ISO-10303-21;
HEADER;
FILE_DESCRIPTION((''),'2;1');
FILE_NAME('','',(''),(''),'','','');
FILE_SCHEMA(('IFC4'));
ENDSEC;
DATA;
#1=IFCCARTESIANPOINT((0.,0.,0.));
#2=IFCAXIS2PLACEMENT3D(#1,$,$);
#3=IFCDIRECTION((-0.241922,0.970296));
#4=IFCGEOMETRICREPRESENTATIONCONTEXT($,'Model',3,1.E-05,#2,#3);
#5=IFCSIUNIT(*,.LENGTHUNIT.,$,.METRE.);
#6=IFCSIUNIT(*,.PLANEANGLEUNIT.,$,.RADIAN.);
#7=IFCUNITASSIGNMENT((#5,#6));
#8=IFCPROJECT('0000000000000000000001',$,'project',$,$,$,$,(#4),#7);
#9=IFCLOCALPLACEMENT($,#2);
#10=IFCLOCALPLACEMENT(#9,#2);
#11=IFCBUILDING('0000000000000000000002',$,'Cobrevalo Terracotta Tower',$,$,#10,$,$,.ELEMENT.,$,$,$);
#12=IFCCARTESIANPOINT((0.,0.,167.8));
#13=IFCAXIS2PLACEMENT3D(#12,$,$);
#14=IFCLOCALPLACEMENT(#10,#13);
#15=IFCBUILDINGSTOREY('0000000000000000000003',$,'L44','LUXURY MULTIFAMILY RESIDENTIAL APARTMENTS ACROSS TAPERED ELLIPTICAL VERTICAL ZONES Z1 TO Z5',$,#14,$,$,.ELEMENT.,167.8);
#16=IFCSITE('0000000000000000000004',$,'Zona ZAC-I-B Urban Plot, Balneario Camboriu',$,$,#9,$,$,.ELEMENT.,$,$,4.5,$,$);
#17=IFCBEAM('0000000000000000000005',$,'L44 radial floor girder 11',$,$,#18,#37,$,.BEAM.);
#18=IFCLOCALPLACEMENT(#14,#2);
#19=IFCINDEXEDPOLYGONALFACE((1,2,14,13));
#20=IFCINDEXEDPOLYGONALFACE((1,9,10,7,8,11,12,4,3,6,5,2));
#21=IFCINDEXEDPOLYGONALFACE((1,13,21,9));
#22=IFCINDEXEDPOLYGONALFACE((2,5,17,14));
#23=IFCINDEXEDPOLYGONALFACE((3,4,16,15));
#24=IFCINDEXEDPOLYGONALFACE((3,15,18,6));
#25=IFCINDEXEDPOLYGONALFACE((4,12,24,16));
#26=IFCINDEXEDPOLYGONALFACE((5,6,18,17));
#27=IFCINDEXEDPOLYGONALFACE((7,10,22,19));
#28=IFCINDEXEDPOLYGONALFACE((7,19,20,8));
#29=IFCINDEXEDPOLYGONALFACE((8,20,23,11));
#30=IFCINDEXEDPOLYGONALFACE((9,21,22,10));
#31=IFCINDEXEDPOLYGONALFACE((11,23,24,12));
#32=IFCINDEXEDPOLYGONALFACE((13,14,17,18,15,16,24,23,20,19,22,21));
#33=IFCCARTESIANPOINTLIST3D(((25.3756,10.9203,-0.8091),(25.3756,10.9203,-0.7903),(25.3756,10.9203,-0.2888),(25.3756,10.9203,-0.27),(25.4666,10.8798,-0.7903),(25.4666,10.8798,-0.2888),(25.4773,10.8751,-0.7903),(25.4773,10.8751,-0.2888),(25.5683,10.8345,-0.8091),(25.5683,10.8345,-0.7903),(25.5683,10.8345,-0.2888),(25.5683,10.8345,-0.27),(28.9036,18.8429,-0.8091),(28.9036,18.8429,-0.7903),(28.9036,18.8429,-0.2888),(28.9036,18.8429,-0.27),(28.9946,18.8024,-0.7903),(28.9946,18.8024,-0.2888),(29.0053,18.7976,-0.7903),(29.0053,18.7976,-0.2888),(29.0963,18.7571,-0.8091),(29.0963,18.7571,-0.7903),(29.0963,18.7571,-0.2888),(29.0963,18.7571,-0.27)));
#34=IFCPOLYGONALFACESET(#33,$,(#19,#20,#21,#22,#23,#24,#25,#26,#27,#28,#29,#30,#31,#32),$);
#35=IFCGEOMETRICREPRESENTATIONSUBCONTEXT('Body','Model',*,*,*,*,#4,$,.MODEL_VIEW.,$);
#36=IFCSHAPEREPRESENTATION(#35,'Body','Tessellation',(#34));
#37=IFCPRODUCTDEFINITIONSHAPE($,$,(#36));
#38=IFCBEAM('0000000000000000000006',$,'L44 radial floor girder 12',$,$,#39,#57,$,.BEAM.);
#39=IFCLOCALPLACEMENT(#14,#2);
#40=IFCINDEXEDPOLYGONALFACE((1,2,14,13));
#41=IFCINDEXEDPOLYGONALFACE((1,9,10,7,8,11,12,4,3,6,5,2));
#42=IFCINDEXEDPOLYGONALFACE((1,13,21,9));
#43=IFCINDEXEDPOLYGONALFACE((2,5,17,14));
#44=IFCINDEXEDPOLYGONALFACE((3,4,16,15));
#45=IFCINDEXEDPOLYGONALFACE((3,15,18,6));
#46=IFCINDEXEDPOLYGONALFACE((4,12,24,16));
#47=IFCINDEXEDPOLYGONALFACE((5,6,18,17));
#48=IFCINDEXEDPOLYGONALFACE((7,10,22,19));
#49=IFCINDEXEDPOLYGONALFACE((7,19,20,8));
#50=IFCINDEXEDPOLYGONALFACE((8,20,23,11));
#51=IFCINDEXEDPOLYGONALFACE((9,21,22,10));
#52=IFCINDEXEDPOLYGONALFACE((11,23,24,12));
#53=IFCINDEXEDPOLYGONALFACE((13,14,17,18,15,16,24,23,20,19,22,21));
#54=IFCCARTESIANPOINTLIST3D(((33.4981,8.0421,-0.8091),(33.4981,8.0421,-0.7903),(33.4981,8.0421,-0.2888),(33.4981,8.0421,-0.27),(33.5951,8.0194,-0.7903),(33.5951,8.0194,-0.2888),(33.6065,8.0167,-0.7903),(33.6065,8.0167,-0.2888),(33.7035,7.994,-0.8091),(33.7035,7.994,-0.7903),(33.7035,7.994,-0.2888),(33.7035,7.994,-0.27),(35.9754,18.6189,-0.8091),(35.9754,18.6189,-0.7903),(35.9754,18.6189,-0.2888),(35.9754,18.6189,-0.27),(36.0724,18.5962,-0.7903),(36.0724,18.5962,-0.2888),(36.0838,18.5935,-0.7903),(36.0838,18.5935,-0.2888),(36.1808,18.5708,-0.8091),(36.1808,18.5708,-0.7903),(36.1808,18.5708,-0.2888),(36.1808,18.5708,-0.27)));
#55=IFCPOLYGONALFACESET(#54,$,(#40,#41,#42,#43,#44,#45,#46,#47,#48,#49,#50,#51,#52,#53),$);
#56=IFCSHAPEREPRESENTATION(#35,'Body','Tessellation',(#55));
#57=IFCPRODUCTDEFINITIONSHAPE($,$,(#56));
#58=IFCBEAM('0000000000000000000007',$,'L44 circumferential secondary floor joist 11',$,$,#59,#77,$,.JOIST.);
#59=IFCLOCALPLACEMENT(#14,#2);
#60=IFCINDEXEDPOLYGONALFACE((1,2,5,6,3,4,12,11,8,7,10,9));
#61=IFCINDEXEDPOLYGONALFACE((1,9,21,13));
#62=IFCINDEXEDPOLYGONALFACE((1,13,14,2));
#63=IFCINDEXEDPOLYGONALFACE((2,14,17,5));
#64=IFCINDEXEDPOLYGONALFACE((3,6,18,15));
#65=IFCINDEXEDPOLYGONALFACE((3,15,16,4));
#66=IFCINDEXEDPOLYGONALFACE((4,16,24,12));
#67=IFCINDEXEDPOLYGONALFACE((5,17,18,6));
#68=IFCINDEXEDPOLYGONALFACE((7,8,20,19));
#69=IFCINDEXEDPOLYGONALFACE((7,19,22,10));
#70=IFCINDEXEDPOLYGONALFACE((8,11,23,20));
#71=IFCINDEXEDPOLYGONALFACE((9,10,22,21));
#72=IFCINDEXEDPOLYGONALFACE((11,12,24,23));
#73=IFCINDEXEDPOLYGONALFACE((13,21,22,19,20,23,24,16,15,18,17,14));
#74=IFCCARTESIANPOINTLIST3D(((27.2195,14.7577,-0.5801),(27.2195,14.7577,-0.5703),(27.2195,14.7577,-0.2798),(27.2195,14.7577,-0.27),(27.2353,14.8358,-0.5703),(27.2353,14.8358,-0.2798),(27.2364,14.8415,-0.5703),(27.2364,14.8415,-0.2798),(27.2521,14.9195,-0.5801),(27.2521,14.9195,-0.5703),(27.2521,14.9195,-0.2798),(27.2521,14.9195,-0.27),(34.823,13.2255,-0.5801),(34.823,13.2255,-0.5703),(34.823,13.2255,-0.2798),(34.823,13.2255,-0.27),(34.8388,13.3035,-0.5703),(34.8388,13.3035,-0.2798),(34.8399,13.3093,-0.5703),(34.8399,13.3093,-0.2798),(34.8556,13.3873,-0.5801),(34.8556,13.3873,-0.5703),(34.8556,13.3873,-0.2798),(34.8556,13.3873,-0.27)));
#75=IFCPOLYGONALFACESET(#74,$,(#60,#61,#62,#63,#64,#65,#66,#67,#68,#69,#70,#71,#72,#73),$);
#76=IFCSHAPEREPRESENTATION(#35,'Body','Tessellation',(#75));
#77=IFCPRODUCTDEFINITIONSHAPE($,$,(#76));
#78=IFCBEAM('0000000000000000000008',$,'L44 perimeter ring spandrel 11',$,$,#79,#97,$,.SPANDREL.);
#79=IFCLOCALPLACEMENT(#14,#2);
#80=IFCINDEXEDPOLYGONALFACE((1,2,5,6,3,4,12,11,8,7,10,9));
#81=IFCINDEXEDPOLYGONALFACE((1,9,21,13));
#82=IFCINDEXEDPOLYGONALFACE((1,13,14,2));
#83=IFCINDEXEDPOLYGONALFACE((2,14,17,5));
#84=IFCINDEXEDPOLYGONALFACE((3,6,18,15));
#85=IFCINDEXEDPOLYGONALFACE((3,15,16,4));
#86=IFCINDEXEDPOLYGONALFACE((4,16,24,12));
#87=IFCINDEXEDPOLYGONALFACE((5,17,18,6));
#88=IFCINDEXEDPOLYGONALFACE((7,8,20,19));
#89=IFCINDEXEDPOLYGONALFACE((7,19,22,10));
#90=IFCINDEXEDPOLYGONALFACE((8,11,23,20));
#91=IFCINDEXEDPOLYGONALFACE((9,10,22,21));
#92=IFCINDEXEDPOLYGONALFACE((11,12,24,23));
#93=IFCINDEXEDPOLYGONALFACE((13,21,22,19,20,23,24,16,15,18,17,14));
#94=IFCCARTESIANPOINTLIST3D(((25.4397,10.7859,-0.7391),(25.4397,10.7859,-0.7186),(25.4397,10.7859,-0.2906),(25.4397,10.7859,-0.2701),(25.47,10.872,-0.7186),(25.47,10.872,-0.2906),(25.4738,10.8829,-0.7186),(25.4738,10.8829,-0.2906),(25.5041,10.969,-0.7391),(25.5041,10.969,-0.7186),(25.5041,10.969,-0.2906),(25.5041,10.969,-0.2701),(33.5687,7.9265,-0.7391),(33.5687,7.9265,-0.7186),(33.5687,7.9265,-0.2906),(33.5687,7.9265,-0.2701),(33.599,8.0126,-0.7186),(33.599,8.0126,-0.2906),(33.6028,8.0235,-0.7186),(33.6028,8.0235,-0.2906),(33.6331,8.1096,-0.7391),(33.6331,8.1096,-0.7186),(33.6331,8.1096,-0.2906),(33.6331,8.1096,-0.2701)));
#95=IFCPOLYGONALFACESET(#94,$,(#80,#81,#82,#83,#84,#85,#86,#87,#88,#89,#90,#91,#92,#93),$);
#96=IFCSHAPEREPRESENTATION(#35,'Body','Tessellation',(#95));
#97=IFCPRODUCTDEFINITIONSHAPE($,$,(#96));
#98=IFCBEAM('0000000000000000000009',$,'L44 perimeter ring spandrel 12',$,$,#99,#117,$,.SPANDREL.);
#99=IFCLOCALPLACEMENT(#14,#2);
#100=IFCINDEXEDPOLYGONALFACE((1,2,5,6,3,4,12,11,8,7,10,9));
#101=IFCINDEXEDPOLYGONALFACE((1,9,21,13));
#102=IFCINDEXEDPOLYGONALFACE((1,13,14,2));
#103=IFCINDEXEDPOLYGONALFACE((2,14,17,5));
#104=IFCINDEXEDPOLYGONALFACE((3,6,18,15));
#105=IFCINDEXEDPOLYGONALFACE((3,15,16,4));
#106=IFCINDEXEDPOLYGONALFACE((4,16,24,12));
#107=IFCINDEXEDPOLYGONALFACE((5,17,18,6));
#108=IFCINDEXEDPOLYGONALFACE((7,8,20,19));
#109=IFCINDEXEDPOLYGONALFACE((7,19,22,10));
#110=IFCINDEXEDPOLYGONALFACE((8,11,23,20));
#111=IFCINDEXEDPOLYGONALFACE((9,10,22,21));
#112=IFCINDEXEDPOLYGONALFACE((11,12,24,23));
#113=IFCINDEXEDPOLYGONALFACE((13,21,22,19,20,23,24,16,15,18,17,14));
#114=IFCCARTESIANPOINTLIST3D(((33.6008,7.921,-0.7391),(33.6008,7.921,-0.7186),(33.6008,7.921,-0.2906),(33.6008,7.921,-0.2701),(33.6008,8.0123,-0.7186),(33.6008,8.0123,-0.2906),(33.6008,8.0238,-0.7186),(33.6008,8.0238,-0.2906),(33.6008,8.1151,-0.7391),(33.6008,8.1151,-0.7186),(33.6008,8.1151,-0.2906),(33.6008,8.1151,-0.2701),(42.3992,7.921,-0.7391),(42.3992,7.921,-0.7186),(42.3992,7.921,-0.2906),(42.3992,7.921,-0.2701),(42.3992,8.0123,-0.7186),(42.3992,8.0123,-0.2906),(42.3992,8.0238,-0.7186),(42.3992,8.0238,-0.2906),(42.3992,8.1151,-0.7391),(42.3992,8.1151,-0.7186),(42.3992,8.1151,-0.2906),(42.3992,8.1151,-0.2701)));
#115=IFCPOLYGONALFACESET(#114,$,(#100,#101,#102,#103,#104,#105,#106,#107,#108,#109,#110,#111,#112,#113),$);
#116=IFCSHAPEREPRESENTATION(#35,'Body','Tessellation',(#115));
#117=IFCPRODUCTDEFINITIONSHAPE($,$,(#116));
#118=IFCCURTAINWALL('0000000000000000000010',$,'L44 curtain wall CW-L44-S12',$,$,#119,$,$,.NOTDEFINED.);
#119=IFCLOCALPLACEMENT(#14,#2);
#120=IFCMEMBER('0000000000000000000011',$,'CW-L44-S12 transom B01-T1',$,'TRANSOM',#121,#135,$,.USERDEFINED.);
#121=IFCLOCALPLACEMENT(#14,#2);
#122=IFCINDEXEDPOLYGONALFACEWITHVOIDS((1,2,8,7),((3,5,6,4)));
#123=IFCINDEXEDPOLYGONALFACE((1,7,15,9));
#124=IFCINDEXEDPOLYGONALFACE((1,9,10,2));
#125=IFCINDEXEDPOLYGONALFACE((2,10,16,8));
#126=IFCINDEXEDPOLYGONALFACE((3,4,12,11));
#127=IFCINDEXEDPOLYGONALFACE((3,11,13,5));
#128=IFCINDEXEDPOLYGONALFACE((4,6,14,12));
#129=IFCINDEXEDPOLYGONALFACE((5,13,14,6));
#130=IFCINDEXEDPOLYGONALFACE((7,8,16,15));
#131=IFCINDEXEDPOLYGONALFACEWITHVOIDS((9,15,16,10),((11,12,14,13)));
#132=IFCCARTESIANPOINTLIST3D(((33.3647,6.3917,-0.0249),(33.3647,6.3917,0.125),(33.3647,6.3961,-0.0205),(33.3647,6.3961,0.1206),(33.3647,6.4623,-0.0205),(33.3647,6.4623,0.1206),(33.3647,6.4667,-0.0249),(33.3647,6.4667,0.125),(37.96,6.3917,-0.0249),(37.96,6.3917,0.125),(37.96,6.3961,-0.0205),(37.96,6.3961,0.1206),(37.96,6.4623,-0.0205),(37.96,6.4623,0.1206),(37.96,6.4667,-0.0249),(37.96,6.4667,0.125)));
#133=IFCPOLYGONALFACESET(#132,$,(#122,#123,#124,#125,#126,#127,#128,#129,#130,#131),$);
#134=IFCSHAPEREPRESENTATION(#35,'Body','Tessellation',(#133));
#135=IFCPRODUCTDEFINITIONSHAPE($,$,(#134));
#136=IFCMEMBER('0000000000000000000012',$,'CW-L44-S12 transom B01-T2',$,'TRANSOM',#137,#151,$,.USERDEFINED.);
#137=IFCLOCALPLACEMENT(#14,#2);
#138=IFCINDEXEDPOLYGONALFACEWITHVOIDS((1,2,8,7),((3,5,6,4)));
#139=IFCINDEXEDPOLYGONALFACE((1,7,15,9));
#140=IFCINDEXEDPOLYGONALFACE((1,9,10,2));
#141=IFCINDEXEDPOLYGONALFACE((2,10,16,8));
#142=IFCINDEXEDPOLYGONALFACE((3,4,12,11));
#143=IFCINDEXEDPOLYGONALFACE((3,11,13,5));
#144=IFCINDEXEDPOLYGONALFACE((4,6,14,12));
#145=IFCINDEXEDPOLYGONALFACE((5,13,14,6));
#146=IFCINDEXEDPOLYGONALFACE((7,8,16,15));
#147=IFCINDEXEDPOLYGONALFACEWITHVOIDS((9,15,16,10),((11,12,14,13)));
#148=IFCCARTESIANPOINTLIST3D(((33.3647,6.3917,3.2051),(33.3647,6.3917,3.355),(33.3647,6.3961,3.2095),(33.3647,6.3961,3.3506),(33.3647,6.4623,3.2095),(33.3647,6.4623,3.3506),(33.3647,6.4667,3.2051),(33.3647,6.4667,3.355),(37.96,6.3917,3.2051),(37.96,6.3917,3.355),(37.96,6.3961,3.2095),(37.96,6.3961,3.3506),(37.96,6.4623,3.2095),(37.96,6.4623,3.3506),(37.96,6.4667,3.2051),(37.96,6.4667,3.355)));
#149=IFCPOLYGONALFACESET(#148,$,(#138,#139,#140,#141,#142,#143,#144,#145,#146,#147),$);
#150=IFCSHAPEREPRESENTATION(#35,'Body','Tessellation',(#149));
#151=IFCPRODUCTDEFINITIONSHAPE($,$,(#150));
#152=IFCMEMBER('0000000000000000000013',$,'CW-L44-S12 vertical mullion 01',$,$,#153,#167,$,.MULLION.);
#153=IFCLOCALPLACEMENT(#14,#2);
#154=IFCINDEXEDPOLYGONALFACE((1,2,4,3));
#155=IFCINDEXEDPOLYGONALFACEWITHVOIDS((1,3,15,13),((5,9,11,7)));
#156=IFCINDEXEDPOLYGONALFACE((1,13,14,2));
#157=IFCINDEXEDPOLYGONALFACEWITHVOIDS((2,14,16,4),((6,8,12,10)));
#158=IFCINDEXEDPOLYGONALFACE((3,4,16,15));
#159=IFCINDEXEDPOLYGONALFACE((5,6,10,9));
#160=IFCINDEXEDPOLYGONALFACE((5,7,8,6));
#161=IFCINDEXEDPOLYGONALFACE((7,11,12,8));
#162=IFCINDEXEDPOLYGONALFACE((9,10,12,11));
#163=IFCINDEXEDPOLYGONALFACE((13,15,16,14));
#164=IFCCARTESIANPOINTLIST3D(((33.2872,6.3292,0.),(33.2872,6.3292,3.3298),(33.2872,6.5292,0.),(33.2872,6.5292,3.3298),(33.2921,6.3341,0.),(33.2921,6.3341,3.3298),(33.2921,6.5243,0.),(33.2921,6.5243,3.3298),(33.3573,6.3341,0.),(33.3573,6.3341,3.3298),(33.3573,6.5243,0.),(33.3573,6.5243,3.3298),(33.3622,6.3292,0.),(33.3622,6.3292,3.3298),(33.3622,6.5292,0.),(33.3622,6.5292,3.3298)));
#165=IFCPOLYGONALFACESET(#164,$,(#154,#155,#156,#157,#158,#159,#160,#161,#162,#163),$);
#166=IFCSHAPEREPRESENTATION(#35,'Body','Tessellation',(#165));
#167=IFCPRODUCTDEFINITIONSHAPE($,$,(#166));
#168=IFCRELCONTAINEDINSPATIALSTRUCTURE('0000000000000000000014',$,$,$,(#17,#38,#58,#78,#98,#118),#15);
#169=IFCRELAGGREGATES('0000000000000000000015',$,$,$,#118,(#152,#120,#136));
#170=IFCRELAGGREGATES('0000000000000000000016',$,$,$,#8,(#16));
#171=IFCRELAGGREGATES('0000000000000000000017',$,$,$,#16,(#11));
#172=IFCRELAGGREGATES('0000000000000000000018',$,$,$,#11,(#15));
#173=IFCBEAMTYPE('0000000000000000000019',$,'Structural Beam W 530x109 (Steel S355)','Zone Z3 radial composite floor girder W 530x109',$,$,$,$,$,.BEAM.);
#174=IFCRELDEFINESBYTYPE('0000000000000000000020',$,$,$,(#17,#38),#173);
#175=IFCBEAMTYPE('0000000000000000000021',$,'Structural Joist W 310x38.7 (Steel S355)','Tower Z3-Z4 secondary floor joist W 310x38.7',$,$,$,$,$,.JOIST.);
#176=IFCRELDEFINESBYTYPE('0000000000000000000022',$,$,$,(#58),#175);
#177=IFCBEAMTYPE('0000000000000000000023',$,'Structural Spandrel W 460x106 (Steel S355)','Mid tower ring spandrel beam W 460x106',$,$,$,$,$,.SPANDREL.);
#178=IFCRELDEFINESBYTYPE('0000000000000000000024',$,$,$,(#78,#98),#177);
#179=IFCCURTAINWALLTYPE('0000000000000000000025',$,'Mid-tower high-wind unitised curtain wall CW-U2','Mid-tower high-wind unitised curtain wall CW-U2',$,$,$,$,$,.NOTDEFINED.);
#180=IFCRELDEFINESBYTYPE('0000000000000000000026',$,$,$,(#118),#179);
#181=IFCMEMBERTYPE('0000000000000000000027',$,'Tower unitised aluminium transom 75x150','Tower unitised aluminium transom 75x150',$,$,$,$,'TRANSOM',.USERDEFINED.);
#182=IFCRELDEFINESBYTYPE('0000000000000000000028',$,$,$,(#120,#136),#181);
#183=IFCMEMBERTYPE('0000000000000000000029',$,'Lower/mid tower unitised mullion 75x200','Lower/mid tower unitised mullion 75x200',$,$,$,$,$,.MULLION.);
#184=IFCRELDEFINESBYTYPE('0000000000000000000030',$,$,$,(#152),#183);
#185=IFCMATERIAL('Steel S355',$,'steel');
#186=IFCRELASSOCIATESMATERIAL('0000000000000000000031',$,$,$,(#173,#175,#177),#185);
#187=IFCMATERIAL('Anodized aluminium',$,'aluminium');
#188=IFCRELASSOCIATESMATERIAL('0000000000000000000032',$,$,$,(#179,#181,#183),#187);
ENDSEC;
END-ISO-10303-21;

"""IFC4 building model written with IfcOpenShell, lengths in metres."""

from ifc_helpers import new_model, si_unit, direction, frame, origin, origin_2d, place, context, subcontext, project, spatial, hollow_rectangle, i_section, extrude, source, transform, mapped, material, material_profile, profile_set, type_object, element, aggregate, save


model = new_model("IFC4")

# Units and contexts
model_context = context("Model", 3, precision=1e-05, world=origin(), true_north=direction((-0.241922, 0.970296)))
body_context = subcontext(model_context, "Body", "Model", "MODEL_VIEW")
ifc_project = project(units=[si_unit("LENGTHUNIT", "METRE"), si_unit("PLANEANGLEUNIT", "RADIAN")], contexts=[model_context])

# Site, building, storey
site_placement = place(None, origin())
site = spatial("IfcSite", under=ifc_project, at=site_placement, Name="Zona ZAC-I-B Urban Plot, Balneario Camboriu", CompositionType="ELEMENT", RefElevation=4.5)
building_placement = place(site_placement, origin())
building = spatial("IfcBuilding", under=site, at=building_placement, Name="Cobrevalo Terracotta Tower", CompositionType="ELEMENT")
storey_placement = place(building_placement, frame((0.0, 0.0, 167.8)))
storey = spatial("IfcBuildingStorey", under=building, at=storey_placement, Name="L44", Description="LUXURY MULTIFAMILY RESIDENTIAL APARTMENTS ACROSS TAPERED ELLIPTICAL VERTICAL ZONES Z1 TO Z5", CompositionType="ELEMENT", Elevation=167.8)

# Shared definitions
ifc_material_1 = material(Name="Steel S355", Category="steel")

# Beams
ifc_material_profile_1 = material_profile(ifc_material_1, i_section(OverallWidth=0.2109, OverallDepth=0.5391, WebThickness=0.0117, FlangeThickness=0.0188, at=origin_2d()), Name="W 530x109")
ifc_profile_set_1 = profile_set([ifc_material_profile_1], Name="Steel S355")
beam_type_1 = type_object("IfcBeamType", Name="Structural Beam W 530x109 (Steel S355)", Description="Zone Z3 radial composite floor girder W 530x109", PredefinedType="BEAM", material=ifc_profile_set_1)
beam_1_placement = place(storey_placement, frame((25.4719, 10.8774, -0.5396), z_axis=(0.406804, 0.913515, 0.0), x_axis=(-0.913515, 0.406804, 0.0)))
element("IfcBeam", 1, at=beam_1_placement, inside=storey, type_object=beam_type_1, Name="L44 radial floor girder 11", PredefinedType="BEAM", context=body_context, shape_type="SweptSolid", body=[
    extrude(i_section(OverallWidth=0.2109, OverallDepth=0.5391, WebThickness=0.0117, FlangeThickness=0.0188, at=origin_2d()), origin(), (0.0, 0.0, 1.0), 8.6726),
])
beam_2_placement = place(storey_placement, frame((33.6008, 8.0181, -0.5396), z_axis=(0.228046, 0.97365, 0.0), x_axis=(-0.97365, 0.228046, 0.0)))
element("IfcBeam", 2, at=beam_2_placement, inside=storey, type_object=beam_type_1, Name="L44 radial floor girder 12", PredefinedType="BEAM", context=body_context, shape_type="SweptSolid", body=[
    extrude(i_section(OverallWidth=0.2109, OverallDepth=0.5391, WebThickness=0.0117, FlangeThickness=0.0188, at=origin_2d()), origin(), (0.0, 0.0, 1.0), 10.863),
])
ifc_material_profile_2 = material_profile(ifc_material_1, i_section(OverallWidth=0.165, OverallDepth=0.3101, WebThickness=0.0059, FlangeThickness=0.0098, at=origin_2d()), Name="W 310x38.7")
ifc_profile_set_2 = profile_set([ifc_material_profile_2], Name="Steel S355")
beam_type_2 = type_object("IfcBeamType", Name="Structural Joist W 310x38.7 (Steel S355)", Description="Tower Z3-Z4 secondary floor joist W 310x38.7", PredefinedType="JOIST", material=ifc_profile_set_2)
beam_3_placement = place(storey_placement, frame((27.2358, 14.8386, -0.425), z_axis=(0.980294, -0.197544, 0.0), x_axis=(0.197544, 0.980294, 0.0)))
element("IfcBeam", 3, at=beam_3_placement, inside=storey, type_object=beam_type_2, Name="L44 circumferential secondary floor joist 11", PredefinedType="JOIST", context=body_context, shape_type="SweptSolid", body=[
    extrude(i_section(OverallWidth=0.165, OverallDepth=0.3101, WebThickness=0.0059, FlangeThickness=0.0098, at=origin_2d()), origin(), (0.0, 0.0, 1.0), 7.7563),
])
ifc_material_profile_3 = material_profile(ifc_material_1, i_section(OverallWidth=0.1941, OverallDepth=0.469, WebThickness=0.0115, FlangeThickness=0.0205, at=origin_2d()), Name="W 460x106")
ifc_profile_set_3 = profile_set([ifc_material_profile_3], Name="Steel S355")
beam_type_3 = type_object("IfcBeamType", Name="Structural Spandrel W 460x106 (Steel S355)", Description="Mid tower ring spandrel beam W 460x106", PredefinedType="SPANDREL", material=ifc_profile_set_3)
beam_4_placement = place(storey_placement, frame((25.4719, 10.8774, -0.5046), z_axis=(0.943341, -0.331824, 0.0), x_axis=(0.331824, 0.943341, 0.0)))
element("IfcBeam", 4, at=beam_4_placement, inside=storey, type_object=beam_type_3, Name="L44 perimeter ring spandrel 11", PredefinedType="SPANDREL", context=body_context, shape_type="SweptSolid", body=[
    extrude(i_section(OverallWidth=0.1941, OverallDepth=0.469, WebThickness=0.0115, FlangeThickness=0.0205, at=origin_2d()), origin(), (0.0, 0.0, 1.0), 8.6172),
])
beam_5_placement = place(storey_placement, frame((33.6008, 8.0181, -0.5046), z_axis=(1.0, 0.0, 0.0), x_axis=(0.0, 1.0, 0.0)))
element("IfcBeam", 5, at=beam_5_placement, inside=storey, type_object=beam_type_3, Name="L44 perimeter ring spandrel 12", PredefinedType="SPANDREL", context=body_context, shape_type="SweptSolid", body=[
    extrude(i_section(OverallWidth=0.1941, OverallDepth=0.469, WebThickness=0.0115, FlangeThickness=0.0205, at=origin_2d()), origin(), (0.0, 0.0, 1.0), 8.7983),
])

# Curtain wall, members
ifc_material_2 = material(Name="Anodized aluminium", Category="aluminium")
curtain_wall_type = type_object("IfcCurtainWallType", Name="Mid-tower high-wind unitised curtain wall CW-U2", Description="Mid-tower high-wind unitised curtain wall CW-U2", PredefinedType="NOTDEFINED", material=ifc_material_2)
curtain_wall_placement = place(storey_placement, origin())
curtain_wall = element("IfcCurtainWall", 6, at=curtain_wall_placement, inside=storey, type_object=curtain_wall_type, Name="L44 curtain wall CW-L44-S12", PredefinedType="NOTDEFINED")
ifc_material_profile_4 = material_profile(ifc_material_2, hollow_rectangle(XDim=0.075, YDim=0.1499, WallThickness=0.0044, at=origin_2d()), Name="CWT 75x150")
ifc_profile_set_4 = profile_set([ifc_material_profile_4], Name="Anodized aluminium")
member_type_1 = type_object("IfcMemberType", Name="Tower unitised aluminium transom 75x150", Description="Tower unitised aluminium transom 75x150", ElementType="TRANSOM", PredefinedType="USERDEFINED", material=ifc_profile_set_4)
shared_shape_1 = source(origin(), body_context, "Body", "SweptSolid", [
    extrude(hollow_rectangle(XDim=0.075, YDim=0.1499, WallThickness=0.0044, at=origin_2d()), origin(), (0.0, 0.0, 1.0), 4.5952),
])
member_1_placement = place(storey_placement, frame((33.3647, 6.4292, 0.05), z_axis=(1.0, 0.0, 0.0), x_axis=(0.0, 1.0, 0.0)))
member_1 = element("IfcMember", 7, at=member_1_placement, type_object=member_type_1, Name="CW-L44-S12 transom B01-T1", ObjectType="TRANSOM", PredefinedType="USERDEFINED", context=body_context, shape_type="MappedRepresentation", body=[
    mapped(shared_shape_1, transform((0.0, 0.0, 0.0), scale=1.0)),
])
member_2_placement = place(storey_placement, frame((33.3647, 6.4292, 3.28), z_axis=(1.0, 0.0, 0.0), x_axis=(0.0, 1.0, 0.0)))
member_2 = element("IfcMember", 8, at=member_2_placement, type_object=member_type_1, Name="CW-L44-S12 transom B01-T2", ObjectType="TRANSOM", PredefinedType="USERDEFINED", context=body_context, shape_type="MappedRepresentation", body=[
    mapped(shared_shape_1, transform((0.0, 0.0, 0.0), scale=1.0)),
])
ifc_material_profile_5 = material_profile(ifc_material_2, hollow_rectangle(XDim=0.075, YDim=0.2, WallThickness=0.0049, at=origin_2d()), Name="CWM 75x200")
ifc_profile_set_5 = profile_set([ifc_material_profile_5], Name="Anodized aluminium")
member_type_2 = type_object("IfcMemberType", Name="Lower/mid tower unitised mullion 75x200", Description="Lower/mid tower unitised mullion 75x200", PredefinedType="MULLION", material=ifc_profile_set_5)
shared_shape_2 = source(origin(), body_context, "Body", "SweptSolid", [
    extrude(hollow_rectangle(XDim=0.075, YDim=0.2, WallThickness=0.0049, at=origin_2d()), origin(), (0.0, 0.0, 1.0), 3.3298),
])
member_3_placement = place(storey_placement, frame((33.3247, 6.4292, 0.0), z_axis=(0.0, 0.0, 1.0), x_axis=(1.0, 0.0, 0.0)))
member_3 = element("IfcMember", 9, at=member_3_placement, type_object=member_type_2, Name="CW-L44-S12 vertical mullion 01", PredefinedType="MULLION", context=body_context, shape_type="MappedRepresentation", body=[
    mapped(shared_shape_2, transform((0.0, 0.0, 0.0), scale=1.0)),
])
aggregate(curtain_wall, [member_3, member_1, member_2])

save(model, "model.ifc")
